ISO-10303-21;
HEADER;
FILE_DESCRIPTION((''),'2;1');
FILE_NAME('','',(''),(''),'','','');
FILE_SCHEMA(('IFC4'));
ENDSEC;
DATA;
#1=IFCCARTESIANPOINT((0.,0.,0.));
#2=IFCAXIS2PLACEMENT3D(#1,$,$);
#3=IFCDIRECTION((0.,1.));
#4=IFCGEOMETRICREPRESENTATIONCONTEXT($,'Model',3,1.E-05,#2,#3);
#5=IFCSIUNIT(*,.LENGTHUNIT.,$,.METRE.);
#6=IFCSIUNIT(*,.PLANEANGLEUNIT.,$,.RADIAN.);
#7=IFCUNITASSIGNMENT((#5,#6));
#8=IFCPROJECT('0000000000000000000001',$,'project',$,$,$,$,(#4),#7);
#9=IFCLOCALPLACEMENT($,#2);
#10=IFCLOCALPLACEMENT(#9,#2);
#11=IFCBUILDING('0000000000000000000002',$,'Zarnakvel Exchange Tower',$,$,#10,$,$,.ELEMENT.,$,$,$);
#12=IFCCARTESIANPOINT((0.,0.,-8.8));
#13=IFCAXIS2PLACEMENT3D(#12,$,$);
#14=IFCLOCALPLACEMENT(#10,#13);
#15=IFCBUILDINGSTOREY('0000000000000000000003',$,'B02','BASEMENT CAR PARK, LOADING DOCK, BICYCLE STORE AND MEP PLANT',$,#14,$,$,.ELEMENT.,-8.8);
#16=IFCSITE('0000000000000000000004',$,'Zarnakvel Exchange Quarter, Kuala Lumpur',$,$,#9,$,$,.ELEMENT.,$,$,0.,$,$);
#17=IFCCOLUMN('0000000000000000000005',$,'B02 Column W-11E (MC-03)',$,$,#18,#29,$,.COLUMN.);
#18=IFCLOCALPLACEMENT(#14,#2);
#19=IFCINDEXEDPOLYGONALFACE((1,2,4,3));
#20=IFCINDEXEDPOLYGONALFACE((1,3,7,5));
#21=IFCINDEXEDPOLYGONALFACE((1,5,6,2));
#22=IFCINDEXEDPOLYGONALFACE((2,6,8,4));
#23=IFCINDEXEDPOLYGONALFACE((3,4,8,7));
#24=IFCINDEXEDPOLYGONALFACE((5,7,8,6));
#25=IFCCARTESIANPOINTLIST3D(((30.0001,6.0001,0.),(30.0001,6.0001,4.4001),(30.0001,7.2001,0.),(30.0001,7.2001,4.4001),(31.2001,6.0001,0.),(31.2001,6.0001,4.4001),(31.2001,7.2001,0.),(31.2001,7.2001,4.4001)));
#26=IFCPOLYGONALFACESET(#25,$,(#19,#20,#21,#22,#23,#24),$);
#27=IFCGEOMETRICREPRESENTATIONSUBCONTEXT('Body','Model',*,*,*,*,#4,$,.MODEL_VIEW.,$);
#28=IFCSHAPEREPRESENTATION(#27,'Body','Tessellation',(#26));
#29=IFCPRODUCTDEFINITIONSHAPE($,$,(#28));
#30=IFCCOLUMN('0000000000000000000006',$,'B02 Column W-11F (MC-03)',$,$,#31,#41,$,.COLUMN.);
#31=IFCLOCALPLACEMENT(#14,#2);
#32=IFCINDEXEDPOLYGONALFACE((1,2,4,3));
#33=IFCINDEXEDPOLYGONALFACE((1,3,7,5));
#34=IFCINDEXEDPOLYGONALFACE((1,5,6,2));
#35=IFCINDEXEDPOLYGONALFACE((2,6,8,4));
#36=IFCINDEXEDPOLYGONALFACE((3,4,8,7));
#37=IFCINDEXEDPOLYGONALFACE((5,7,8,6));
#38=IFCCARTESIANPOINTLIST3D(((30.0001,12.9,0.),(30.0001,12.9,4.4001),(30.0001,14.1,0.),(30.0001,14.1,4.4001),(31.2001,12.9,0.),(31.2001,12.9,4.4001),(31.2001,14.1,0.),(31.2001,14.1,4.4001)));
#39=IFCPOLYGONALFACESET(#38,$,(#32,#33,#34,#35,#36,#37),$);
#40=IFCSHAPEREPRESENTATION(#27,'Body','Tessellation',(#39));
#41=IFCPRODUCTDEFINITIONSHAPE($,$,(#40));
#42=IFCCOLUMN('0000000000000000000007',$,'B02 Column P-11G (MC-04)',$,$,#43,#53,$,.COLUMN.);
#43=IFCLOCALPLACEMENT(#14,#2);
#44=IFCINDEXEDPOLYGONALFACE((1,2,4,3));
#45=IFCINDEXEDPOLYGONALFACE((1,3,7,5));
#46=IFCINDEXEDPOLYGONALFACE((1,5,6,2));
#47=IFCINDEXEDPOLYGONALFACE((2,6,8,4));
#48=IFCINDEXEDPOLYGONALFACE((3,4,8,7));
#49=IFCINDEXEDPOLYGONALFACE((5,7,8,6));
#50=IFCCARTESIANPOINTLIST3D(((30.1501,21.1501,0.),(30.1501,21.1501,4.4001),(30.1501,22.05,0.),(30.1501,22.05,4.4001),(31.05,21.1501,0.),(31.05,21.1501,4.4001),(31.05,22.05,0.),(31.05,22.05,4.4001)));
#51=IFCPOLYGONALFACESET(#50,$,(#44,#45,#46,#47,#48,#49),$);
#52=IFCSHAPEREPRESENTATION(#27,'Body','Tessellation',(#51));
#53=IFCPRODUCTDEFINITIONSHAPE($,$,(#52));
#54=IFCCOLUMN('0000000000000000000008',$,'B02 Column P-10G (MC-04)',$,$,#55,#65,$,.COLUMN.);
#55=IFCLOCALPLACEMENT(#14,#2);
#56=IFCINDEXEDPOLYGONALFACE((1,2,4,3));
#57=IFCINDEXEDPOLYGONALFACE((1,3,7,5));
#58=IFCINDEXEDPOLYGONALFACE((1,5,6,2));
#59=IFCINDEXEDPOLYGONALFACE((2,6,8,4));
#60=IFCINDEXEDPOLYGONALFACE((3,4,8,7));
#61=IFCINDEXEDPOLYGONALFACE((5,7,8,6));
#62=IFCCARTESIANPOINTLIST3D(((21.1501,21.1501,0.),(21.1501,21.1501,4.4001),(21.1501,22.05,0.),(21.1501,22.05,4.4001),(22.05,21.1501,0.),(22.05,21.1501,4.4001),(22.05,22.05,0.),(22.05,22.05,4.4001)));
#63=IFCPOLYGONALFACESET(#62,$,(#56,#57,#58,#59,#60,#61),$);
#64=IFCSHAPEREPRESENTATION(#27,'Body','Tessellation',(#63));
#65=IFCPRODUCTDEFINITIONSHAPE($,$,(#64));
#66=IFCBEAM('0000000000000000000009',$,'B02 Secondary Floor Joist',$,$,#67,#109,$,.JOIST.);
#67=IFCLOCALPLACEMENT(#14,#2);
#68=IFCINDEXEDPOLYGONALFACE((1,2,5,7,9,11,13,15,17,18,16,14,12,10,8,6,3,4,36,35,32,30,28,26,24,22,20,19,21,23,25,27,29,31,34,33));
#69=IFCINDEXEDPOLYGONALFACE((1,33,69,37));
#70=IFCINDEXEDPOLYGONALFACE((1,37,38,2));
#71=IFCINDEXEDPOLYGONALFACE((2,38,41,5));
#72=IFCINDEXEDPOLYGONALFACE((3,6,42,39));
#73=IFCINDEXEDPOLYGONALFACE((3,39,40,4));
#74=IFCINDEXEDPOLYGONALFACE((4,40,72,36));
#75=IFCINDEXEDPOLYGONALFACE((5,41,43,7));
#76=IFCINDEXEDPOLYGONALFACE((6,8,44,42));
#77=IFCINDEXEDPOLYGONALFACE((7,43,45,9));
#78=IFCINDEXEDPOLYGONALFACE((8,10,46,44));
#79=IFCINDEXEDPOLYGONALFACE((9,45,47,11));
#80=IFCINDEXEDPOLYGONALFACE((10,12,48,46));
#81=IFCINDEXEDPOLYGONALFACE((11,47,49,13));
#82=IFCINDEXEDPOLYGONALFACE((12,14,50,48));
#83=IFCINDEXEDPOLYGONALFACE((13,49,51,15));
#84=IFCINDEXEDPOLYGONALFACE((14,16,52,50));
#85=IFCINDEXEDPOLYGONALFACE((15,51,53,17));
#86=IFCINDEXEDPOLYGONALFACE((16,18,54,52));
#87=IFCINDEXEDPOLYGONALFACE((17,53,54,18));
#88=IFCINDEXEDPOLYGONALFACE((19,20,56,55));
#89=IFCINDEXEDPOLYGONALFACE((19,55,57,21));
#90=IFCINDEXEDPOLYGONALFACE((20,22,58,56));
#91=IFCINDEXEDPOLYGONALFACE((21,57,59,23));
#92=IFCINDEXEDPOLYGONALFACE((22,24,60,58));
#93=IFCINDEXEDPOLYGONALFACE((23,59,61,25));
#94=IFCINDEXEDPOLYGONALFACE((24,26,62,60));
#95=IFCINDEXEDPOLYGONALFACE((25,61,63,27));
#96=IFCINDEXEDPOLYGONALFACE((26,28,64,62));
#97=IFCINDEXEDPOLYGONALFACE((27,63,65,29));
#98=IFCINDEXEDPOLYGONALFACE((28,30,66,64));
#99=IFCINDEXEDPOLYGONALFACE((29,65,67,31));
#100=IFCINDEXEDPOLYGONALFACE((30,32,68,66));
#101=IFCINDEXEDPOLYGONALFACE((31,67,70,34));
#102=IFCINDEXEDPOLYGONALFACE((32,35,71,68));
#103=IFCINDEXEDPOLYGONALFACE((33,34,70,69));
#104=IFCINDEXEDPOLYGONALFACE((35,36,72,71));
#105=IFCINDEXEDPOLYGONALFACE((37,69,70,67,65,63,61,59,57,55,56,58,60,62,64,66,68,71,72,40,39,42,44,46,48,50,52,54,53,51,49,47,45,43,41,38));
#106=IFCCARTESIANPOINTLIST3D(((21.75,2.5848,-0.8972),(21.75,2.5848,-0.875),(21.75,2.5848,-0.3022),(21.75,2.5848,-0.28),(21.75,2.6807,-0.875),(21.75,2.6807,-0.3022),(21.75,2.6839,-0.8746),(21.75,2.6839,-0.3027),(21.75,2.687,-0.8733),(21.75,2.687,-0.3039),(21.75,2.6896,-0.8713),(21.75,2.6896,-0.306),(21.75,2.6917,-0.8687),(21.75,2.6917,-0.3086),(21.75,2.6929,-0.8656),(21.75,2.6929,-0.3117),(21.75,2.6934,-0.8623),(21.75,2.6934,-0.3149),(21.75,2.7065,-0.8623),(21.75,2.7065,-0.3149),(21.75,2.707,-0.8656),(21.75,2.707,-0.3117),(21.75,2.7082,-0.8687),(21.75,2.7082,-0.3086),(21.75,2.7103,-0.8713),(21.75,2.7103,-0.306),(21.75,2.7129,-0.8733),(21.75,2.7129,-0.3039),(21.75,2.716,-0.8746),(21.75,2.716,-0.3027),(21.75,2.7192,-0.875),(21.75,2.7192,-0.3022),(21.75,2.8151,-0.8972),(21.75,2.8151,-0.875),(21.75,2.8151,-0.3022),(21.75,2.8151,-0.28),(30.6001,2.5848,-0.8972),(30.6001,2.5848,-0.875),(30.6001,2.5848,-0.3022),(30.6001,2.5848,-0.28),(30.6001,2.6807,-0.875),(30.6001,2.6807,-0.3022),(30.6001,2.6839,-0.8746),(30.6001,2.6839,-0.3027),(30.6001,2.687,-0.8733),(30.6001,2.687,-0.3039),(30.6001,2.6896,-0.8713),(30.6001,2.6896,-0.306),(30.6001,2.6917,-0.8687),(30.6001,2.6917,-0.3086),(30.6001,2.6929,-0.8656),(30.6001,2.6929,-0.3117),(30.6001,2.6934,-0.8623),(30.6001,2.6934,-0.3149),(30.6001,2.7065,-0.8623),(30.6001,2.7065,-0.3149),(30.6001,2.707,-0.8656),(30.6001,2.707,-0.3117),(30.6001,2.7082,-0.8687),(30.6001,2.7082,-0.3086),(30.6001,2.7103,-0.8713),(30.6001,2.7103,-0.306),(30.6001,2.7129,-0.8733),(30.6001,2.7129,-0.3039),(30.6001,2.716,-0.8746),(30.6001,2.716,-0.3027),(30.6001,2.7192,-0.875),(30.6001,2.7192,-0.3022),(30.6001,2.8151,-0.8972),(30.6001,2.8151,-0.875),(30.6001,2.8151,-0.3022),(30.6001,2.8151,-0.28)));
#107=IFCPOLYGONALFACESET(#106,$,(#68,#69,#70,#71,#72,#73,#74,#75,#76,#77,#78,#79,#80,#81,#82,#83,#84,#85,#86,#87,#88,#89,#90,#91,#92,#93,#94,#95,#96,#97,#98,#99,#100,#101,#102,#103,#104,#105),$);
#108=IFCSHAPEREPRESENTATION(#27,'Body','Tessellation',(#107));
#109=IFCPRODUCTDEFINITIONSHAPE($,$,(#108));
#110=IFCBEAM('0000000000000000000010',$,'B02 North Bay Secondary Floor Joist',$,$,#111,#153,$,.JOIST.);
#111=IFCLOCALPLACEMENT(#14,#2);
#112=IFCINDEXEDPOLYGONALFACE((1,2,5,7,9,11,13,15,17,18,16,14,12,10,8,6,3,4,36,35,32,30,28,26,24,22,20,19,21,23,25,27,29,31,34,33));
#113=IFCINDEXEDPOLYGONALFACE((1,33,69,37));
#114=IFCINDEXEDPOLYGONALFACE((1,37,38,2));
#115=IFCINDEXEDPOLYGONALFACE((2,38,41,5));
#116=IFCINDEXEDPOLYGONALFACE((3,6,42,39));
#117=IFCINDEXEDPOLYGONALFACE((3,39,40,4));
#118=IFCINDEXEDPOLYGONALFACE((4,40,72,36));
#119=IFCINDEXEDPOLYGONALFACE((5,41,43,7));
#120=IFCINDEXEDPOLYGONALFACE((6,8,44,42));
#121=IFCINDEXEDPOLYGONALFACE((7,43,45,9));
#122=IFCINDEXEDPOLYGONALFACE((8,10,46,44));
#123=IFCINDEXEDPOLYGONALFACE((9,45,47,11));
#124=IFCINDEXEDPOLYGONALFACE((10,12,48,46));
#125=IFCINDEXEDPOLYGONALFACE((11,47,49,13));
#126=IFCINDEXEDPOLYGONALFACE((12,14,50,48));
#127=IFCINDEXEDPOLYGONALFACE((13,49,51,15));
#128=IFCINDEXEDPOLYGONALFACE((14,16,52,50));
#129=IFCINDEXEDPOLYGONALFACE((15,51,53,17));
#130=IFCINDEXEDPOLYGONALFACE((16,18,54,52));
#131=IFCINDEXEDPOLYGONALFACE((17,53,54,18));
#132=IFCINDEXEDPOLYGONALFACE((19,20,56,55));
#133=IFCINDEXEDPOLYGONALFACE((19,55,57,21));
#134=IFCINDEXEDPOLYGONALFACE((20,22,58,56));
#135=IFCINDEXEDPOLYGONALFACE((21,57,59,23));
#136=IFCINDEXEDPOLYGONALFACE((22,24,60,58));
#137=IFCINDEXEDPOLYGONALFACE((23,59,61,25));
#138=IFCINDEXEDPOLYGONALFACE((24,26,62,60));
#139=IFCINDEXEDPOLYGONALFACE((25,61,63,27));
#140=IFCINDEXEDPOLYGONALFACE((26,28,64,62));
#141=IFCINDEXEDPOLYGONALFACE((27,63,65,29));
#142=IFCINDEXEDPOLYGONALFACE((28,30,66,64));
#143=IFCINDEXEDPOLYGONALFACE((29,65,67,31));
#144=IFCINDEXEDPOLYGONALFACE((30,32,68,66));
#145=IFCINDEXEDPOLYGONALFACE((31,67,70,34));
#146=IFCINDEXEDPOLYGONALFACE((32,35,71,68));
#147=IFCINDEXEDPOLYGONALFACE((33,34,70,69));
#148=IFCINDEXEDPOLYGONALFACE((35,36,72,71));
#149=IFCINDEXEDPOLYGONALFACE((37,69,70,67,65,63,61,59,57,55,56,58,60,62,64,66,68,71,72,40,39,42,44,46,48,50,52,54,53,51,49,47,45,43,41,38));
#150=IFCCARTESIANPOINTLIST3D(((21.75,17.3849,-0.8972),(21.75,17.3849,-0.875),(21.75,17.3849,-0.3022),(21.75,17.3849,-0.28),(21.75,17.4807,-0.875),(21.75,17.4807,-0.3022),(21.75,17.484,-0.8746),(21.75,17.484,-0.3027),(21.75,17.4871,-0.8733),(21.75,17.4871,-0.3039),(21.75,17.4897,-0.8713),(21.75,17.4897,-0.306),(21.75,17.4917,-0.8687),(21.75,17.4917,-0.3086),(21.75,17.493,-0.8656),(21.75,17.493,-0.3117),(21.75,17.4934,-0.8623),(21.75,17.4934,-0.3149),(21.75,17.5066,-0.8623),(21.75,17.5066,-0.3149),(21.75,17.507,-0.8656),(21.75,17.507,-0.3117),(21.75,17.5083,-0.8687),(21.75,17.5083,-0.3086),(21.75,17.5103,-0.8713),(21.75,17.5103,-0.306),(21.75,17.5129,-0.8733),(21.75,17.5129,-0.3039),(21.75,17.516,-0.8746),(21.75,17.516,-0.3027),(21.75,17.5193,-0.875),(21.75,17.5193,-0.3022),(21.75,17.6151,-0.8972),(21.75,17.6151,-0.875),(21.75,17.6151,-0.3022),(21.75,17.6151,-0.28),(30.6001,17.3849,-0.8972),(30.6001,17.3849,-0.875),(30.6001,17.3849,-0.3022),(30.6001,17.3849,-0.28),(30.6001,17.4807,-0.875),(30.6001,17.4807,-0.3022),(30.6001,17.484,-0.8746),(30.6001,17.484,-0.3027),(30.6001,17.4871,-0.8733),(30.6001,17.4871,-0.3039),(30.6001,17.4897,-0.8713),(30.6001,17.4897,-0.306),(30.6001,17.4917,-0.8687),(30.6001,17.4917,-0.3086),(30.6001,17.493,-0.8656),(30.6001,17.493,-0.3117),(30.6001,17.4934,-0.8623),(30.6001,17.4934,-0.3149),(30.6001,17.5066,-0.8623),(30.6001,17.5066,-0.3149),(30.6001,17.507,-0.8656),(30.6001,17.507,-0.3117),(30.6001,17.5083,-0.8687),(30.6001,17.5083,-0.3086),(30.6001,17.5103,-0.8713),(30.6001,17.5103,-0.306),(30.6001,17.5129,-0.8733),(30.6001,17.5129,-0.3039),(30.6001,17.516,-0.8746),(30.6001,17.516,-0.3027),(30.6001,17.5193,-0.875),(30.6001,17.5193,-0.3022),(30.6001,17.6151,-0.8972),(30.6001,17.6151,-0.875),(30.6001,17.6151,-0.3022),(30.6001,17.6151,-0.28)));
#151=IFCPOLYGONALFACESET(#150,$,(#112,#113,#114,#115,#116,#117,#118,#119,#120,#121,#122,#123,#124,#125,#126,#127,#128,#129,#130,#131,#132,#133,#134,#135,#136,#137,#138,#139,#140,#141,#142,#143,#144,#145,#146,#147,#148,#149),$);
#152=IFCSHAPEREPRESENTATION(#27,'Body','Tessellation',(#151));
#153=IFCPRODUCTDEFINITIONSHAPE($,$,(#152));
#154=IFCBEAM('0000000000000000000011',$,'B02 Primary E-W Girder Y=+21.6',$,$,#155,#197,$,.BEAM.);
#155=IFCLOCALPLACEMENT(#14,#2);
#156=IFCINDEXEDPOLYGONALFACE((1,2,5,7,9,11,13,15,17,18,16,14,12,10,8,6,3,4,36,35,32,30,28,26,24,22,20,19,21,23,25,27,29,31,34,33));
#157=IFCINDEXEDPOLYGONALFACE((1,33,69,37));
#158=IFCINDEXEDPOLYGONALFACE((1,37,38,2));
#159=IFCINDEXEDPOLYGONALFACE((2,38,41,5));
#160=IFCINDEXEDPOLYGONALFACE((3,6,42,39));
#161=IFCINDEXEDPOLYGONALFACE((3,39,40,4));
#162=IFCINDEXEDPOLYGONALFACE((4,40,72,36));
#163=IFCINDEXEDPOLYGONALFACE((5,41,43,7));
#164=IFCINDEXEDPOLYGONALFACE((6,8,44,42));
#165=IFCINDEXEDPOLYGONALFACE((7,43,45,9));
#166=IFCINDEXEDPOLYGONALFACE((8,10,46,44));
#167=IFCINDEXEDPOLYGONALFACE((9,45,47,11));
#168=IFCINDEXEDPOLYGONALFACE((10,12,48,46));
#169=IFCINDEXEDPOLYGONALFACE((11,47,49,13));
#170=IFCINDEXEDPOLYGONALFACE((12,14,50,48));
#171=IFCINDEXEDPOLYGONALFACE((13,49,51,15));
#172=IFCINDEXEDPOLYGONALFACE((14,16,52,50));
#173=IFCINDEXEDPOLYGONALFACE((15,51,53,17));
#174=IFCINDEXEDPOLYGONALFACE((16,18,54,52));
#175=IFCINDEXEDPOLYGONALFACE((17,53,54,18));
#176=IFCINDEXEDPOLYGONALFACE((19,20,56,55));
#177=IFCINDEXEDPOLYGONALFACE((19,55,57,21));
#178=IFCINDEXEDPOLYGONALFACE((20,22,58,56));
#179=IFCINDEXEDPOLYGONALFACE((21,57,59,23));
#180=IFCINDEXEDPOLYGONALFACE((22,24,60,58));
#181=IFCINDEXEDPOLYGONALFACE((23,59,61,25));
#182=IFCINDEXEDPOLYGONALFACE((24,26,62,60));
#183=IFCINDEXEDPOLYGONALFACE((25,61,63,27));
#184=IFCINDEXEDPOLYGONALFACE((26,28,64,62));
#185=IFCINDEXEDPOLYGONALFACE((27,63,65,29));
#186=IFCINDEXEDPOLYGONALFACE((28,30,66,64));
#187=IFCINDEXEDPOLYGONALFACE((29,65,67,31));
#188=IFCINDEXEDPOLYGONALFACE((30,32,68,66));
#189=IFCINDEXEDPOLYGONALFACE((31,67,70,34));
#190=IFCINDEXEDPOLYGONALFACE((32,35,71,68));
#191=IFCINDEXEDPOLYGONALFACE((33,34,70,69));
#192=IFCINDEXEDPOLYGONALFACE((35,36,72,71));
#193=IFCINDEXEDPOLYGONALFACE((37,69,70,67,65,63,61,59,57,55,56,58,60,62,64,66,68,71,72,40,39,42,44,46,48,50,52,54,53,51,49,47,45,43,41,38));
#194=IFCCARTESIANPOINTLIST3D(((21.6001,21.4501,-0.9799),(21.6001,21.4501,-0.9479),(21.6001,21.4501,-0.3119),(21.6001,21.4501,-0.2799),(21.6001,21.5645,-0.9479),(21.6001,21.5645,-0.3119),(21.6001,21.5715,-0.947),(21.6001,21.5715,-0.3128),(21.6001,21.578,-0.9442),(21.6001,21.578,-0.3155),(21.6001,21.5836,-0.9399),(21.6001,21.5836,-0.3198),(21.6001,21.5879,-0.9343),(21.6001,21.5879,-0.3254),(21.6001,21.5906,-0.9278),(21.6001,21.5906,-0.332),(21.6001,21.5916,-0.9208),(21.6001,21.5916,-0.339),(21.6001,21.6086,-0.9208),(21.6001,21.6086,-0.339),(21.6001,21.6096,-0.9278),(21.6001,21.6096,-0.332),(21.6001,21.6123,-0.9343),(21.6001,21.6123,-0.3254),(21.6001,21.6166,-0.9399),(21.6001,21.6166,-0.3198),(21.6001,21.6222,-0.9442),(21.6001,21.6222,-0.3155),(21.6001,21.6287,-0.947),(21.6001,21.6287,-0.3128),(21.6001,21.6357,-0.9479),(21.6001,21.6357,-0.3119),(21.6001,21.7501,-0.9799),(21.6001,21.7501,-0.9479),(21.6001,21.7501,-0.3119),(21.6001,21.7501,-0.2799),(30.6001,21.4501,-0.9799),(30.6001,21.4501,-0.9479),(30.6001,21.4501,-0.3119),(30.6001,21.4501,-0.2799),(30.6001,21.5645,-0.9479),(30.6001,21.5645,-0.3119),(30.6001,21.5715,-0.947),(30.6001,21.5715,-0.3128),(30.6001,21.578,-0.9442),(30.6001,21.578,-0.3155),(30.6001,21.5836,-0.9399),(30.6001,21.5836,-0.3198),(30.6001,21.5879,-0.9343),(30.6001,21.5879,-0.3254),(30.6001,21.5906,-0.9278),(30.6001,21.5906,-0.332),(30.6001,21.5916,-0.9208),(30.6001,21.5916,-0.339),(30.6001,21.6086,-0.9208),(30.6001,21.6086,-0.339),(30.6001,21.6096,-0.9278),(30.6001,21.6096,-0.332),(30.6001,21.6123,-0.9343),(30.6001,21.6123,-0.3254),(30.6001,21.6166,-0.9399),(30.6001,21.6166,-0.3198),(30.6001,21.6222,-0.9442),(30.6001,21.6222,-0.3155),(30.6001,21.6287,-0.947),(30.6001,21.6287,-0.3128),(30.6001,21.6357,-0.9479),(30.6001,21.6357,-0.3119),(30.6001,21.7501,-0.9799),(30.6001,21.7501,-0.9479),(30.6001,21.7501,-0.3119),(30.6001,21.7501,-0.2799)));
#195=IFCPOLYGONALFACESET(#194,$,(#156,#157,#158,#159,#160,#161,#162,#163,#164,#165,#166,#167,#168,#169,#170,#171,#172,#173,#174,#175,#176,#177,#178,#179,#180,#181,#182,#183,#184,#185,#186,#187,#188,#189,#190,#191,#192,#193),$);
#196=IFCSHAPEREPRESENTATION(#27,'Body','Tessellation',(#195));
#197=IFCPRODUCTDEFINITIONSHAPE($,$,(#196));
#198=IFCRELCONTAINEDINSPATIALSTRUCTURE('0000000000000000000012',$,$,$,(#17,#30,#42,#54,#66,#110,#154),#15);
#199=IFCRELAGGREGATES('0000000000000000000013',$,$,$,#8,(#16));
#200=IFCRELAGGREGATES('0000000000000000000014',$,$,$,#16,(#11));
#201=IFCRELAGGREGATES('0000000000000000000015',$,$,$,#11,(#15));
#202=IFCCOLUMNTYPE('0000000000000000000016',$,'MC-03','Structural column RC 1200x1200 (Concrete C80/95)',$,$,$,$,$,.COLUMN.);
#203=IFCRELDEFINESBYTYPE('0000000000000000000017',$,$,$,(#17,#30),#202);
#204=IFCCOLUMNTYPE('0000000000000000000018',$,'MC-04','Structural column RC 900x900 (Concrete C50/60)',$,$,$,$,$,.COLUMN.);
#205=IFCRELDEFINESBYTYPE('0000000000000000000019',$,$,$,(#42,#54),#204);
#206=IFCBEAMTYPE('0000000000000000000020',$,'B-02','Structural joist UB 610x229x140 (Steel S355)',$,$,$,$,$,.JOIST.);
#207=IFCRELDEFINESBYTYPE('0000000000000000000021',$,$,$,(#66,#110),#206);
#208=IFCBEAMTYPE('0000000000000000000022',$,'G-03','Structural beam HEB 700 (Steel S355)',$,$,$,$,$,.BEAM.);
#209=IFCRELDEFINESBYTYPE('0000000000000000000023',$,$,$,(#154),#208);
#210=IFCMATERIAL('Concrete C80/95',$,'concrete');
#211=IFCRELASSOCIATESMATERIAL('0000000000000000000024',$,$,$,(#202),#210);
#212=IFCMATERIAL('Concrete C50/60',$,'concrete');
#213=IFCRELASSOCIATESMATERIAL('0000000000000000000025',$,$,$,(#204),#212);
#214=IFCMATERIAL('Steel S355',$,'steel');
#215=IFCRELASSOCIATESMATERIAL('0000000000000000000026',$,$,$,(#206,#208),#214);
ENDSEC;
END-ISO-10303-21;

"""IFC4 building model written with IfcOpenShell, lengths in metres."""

from ifc_helpers import new_model, si_unit, direction, frame, origin, origin_2d, place, context, subcontext, project, spatial, rectangle, i_section, extrude, material, material_profile, profile_set, type_object, element, save


model = new_model("IFC4")

# Units and contexts
model_context = context("Model", 3, precision=1e-05, world=origin(), true_north=direction((0.0, 1.0)))
body_context = subcontext(model_context, "Body", "Model", "MODEL_VIEW")
ifc_project = project(units=[si_unit("LENGTHUNIT", "METRE"), si_unit("PLANEANGLEUNIT", "RADIAN")], contexts=[model_context])

# Site, building, storey
site_placement = place(None, origin())
site = spatial("IfcSite", under=ifc_project, at=site_placement, Name="Zarnakvel Exchange Quarter, Kuala Lumpur", CompositionType="ELEMENT", RefElevation=0.0)
building_placement = place(site_placement, origin())
building = spatial("IfcBuilding", under=site, at=building_placement, Name="Zarnakvel Exchange Tower", CompositionType="ELEMENT")
storey_placement = place(building_placement, frame((0.0, 0.0, -8.8)))
storey = spatial("IfcBuildingStorey", under=building, at=storey_placement, Name="B02", Description="BASEMENT CAR PARK, LOADING DOCK, BICYCLE STORE AND MEP PLANT", CompositionType="ELEMENT", Elevation=-8.8)

# Columns
ifc_material_1 = material(Name="Concrete C80/95", Category="concrete")
ifc_material_profile_1 = material_profile(ifc_material_1, rectangle(XDim=1.2, YDim=1.2, at=origin_2d()))
ifc_profile_set_1 = profile_set([ifc_material_profile_1], Name="Concrete C80/95")
column_type_1 = type_object("IfcColumnType", Name="MC-03", Description="Structural column RC 1200x1200 (Concrete C80/95)", PredefinedType="COLUMN", material=ifc_profile_set_1)
for number, where, z_axis, x_axis, name in (
    (1, (30.6001, 6.6001, 0.0), (0.0, 0.0, 1.0), (1.0, 0.0, 0.0), "B02 Column W-11E (MC-03)"),
    (2, (30.6001, 13.5, 0.0), (0.0, 0.0, 1.0), (1.0, 0.0, 0.0), "B02 Column W-11F (MC-03)"),
):
    element("IfcColumn", number, at=place(storey_placement, frame(where, z_axis=z_axis, x_axis=x_axis)), inside=storey, type_object=column_type_1, Name=name, PredefinedType="COLUMN", context=body_context, shape_type="SweptSolid", body=[
        extrude(rectangle(XDim=1.2, YDim=1.2, at=origin_2d()), origin(), (0.0, 0.0, 1.0), 4.4001),
    ])
ifc_material_2 = material(Name="Concrete C50/60", Category="concrete")
ifc_material_profile_2 = material_profile(ifc_material_2, rectangle(XDim=0.8999, YDim=0.8999, at=origin_2d()))
ifc_profile_set_2 = profile_set([ifc_material_profile_2], Name="Concrete C50/60")
column_type_2 = type_object("IfcColumnType", Name="MC-04", Description="Structural column RC 900x900 (Concrete C50/60)", PredefinedType="COLUMN", material=ifc_profile_set_2)
for number, where, z_axis, x_axis, name in (
    (3, (30.6001, 21.6001, 0.0), (0.0, 0.0, 1.0), (1.0, 0.0, 0.0), "B02 Column P-11G (MC-04)"),
    (4, (21.6001, 21.6001, 0.0), (0.0, 0.0, 1.0), (1.0, 0.0, 0.0), "B02 Column P-10G (MC-04)"),
):
    element("IfcColumn", number, at=place(storey_placement, frame(where, z_axis=z_axis, x_axis=x_axis)), inside=storey, type_object=column_type_2, Name=name, PredefinedType="COLUMN", context=body_context, shape_type="SweptSolid", body=[
        extrude(rectangle(XDim=0.8999, YDim=0.8999, at=origin_2d()), origin(), (0.0, 0.0, 1.0), 4.4001),
    ])

# Beams
ifc_material_3 = material(Name="Steel S355", Category="steel")
ifc_material_profile_3 = material_profile(ifc_material_3, i_section(OverallWidth=0.2302, OverallDepth=0.6172, WebThickness=0.0132, FlangeThickness=0.0222, FilletRadius=0.0127, at=origin_2d()))
ifc_profile_set_3 = profile_set([ifc_material_profile_3], Name="Steel S355")
beam_type_1 = type_object("IfcBeamType", Name="B-02", Description="Structural joist UB 610x229x140 (Steel S355)", PredefinedType="JOIST", material=ifc_profile_set_3)
for number, where, z_axis, x_axis, name in (
    (5, (21.75, 2.7, -0.5886), (1.0, 0.0, 0.0), (0.0, 1.0, 0.0), "B02 Secondary Floor Joist"),
    (6, (21.75, 17.5, -0.5886), (1.0, 0.0, 0.0), (0.0, 1.0, 0.0), "B02 North Bay Secondary Floor Joist"),
):
    element("IfcBeam", number, at=place(storey_placement, frame(where, z_axis=z_axis, x_axis=x_axis)), inside=storey, type_object=beam_type_1, Name=name, PredefinedType="JOIST", context=body_context, shape_type="SweptSolid", body=[
        extrude(i_section(OverallWidth=0.2302, OverallDepth=0.6172, WebThickness=0.0132, FlangeThickness=0.0222, FilletRadius=0.0127, at=origin_2d()), origin(), (0.0, 0.0, 1.0), 8.8501),
    ])
ifc_material_profile_4 = material_profile(ifc_material_3, i_section(OverallWidth=0.3, OverallDepth=0.7, WebThickness=0.0171, FlangeThickness=0.032, FilletRadius=0.0271, at=origin_2d()))
ifc_profile_set_4 = profile_set([ifc_material_profile_4], Name="Steel S355")
beam_type_2 = type_object("IfcBeamType", Name="G-03", Description="Structural beam HEB 700 (Steel S355)", PredefinedType="BEAM", material=ifc_profile_set_4)
beam_1_placement = place(storey_placement, frame((21.6001, 21.6001, -0.6299), z_axis=(1.0, 0.0, 0.0), x_axis=(0.0, 1.0, 0.0)))
element("IfcBeam", 7, at=beam_1_placement, inside=storey, type_object=beam_type_2, Name="B02 Primary E-W Girder Y=+21.6", PredefinedType="BEAM", context=body_context, shape_type="SweptSolid", body=[
    extrude(i_section(OverallWidth=0.3, OverallDepth=0.7, WebThickness=0.0171, FlangeThickness=0.032, FilletRadius=0.0271, at=origin_2d()), origin(), (0.0, 0.0, 1.0), 9.0),
])

save(model, "model.ifc")
